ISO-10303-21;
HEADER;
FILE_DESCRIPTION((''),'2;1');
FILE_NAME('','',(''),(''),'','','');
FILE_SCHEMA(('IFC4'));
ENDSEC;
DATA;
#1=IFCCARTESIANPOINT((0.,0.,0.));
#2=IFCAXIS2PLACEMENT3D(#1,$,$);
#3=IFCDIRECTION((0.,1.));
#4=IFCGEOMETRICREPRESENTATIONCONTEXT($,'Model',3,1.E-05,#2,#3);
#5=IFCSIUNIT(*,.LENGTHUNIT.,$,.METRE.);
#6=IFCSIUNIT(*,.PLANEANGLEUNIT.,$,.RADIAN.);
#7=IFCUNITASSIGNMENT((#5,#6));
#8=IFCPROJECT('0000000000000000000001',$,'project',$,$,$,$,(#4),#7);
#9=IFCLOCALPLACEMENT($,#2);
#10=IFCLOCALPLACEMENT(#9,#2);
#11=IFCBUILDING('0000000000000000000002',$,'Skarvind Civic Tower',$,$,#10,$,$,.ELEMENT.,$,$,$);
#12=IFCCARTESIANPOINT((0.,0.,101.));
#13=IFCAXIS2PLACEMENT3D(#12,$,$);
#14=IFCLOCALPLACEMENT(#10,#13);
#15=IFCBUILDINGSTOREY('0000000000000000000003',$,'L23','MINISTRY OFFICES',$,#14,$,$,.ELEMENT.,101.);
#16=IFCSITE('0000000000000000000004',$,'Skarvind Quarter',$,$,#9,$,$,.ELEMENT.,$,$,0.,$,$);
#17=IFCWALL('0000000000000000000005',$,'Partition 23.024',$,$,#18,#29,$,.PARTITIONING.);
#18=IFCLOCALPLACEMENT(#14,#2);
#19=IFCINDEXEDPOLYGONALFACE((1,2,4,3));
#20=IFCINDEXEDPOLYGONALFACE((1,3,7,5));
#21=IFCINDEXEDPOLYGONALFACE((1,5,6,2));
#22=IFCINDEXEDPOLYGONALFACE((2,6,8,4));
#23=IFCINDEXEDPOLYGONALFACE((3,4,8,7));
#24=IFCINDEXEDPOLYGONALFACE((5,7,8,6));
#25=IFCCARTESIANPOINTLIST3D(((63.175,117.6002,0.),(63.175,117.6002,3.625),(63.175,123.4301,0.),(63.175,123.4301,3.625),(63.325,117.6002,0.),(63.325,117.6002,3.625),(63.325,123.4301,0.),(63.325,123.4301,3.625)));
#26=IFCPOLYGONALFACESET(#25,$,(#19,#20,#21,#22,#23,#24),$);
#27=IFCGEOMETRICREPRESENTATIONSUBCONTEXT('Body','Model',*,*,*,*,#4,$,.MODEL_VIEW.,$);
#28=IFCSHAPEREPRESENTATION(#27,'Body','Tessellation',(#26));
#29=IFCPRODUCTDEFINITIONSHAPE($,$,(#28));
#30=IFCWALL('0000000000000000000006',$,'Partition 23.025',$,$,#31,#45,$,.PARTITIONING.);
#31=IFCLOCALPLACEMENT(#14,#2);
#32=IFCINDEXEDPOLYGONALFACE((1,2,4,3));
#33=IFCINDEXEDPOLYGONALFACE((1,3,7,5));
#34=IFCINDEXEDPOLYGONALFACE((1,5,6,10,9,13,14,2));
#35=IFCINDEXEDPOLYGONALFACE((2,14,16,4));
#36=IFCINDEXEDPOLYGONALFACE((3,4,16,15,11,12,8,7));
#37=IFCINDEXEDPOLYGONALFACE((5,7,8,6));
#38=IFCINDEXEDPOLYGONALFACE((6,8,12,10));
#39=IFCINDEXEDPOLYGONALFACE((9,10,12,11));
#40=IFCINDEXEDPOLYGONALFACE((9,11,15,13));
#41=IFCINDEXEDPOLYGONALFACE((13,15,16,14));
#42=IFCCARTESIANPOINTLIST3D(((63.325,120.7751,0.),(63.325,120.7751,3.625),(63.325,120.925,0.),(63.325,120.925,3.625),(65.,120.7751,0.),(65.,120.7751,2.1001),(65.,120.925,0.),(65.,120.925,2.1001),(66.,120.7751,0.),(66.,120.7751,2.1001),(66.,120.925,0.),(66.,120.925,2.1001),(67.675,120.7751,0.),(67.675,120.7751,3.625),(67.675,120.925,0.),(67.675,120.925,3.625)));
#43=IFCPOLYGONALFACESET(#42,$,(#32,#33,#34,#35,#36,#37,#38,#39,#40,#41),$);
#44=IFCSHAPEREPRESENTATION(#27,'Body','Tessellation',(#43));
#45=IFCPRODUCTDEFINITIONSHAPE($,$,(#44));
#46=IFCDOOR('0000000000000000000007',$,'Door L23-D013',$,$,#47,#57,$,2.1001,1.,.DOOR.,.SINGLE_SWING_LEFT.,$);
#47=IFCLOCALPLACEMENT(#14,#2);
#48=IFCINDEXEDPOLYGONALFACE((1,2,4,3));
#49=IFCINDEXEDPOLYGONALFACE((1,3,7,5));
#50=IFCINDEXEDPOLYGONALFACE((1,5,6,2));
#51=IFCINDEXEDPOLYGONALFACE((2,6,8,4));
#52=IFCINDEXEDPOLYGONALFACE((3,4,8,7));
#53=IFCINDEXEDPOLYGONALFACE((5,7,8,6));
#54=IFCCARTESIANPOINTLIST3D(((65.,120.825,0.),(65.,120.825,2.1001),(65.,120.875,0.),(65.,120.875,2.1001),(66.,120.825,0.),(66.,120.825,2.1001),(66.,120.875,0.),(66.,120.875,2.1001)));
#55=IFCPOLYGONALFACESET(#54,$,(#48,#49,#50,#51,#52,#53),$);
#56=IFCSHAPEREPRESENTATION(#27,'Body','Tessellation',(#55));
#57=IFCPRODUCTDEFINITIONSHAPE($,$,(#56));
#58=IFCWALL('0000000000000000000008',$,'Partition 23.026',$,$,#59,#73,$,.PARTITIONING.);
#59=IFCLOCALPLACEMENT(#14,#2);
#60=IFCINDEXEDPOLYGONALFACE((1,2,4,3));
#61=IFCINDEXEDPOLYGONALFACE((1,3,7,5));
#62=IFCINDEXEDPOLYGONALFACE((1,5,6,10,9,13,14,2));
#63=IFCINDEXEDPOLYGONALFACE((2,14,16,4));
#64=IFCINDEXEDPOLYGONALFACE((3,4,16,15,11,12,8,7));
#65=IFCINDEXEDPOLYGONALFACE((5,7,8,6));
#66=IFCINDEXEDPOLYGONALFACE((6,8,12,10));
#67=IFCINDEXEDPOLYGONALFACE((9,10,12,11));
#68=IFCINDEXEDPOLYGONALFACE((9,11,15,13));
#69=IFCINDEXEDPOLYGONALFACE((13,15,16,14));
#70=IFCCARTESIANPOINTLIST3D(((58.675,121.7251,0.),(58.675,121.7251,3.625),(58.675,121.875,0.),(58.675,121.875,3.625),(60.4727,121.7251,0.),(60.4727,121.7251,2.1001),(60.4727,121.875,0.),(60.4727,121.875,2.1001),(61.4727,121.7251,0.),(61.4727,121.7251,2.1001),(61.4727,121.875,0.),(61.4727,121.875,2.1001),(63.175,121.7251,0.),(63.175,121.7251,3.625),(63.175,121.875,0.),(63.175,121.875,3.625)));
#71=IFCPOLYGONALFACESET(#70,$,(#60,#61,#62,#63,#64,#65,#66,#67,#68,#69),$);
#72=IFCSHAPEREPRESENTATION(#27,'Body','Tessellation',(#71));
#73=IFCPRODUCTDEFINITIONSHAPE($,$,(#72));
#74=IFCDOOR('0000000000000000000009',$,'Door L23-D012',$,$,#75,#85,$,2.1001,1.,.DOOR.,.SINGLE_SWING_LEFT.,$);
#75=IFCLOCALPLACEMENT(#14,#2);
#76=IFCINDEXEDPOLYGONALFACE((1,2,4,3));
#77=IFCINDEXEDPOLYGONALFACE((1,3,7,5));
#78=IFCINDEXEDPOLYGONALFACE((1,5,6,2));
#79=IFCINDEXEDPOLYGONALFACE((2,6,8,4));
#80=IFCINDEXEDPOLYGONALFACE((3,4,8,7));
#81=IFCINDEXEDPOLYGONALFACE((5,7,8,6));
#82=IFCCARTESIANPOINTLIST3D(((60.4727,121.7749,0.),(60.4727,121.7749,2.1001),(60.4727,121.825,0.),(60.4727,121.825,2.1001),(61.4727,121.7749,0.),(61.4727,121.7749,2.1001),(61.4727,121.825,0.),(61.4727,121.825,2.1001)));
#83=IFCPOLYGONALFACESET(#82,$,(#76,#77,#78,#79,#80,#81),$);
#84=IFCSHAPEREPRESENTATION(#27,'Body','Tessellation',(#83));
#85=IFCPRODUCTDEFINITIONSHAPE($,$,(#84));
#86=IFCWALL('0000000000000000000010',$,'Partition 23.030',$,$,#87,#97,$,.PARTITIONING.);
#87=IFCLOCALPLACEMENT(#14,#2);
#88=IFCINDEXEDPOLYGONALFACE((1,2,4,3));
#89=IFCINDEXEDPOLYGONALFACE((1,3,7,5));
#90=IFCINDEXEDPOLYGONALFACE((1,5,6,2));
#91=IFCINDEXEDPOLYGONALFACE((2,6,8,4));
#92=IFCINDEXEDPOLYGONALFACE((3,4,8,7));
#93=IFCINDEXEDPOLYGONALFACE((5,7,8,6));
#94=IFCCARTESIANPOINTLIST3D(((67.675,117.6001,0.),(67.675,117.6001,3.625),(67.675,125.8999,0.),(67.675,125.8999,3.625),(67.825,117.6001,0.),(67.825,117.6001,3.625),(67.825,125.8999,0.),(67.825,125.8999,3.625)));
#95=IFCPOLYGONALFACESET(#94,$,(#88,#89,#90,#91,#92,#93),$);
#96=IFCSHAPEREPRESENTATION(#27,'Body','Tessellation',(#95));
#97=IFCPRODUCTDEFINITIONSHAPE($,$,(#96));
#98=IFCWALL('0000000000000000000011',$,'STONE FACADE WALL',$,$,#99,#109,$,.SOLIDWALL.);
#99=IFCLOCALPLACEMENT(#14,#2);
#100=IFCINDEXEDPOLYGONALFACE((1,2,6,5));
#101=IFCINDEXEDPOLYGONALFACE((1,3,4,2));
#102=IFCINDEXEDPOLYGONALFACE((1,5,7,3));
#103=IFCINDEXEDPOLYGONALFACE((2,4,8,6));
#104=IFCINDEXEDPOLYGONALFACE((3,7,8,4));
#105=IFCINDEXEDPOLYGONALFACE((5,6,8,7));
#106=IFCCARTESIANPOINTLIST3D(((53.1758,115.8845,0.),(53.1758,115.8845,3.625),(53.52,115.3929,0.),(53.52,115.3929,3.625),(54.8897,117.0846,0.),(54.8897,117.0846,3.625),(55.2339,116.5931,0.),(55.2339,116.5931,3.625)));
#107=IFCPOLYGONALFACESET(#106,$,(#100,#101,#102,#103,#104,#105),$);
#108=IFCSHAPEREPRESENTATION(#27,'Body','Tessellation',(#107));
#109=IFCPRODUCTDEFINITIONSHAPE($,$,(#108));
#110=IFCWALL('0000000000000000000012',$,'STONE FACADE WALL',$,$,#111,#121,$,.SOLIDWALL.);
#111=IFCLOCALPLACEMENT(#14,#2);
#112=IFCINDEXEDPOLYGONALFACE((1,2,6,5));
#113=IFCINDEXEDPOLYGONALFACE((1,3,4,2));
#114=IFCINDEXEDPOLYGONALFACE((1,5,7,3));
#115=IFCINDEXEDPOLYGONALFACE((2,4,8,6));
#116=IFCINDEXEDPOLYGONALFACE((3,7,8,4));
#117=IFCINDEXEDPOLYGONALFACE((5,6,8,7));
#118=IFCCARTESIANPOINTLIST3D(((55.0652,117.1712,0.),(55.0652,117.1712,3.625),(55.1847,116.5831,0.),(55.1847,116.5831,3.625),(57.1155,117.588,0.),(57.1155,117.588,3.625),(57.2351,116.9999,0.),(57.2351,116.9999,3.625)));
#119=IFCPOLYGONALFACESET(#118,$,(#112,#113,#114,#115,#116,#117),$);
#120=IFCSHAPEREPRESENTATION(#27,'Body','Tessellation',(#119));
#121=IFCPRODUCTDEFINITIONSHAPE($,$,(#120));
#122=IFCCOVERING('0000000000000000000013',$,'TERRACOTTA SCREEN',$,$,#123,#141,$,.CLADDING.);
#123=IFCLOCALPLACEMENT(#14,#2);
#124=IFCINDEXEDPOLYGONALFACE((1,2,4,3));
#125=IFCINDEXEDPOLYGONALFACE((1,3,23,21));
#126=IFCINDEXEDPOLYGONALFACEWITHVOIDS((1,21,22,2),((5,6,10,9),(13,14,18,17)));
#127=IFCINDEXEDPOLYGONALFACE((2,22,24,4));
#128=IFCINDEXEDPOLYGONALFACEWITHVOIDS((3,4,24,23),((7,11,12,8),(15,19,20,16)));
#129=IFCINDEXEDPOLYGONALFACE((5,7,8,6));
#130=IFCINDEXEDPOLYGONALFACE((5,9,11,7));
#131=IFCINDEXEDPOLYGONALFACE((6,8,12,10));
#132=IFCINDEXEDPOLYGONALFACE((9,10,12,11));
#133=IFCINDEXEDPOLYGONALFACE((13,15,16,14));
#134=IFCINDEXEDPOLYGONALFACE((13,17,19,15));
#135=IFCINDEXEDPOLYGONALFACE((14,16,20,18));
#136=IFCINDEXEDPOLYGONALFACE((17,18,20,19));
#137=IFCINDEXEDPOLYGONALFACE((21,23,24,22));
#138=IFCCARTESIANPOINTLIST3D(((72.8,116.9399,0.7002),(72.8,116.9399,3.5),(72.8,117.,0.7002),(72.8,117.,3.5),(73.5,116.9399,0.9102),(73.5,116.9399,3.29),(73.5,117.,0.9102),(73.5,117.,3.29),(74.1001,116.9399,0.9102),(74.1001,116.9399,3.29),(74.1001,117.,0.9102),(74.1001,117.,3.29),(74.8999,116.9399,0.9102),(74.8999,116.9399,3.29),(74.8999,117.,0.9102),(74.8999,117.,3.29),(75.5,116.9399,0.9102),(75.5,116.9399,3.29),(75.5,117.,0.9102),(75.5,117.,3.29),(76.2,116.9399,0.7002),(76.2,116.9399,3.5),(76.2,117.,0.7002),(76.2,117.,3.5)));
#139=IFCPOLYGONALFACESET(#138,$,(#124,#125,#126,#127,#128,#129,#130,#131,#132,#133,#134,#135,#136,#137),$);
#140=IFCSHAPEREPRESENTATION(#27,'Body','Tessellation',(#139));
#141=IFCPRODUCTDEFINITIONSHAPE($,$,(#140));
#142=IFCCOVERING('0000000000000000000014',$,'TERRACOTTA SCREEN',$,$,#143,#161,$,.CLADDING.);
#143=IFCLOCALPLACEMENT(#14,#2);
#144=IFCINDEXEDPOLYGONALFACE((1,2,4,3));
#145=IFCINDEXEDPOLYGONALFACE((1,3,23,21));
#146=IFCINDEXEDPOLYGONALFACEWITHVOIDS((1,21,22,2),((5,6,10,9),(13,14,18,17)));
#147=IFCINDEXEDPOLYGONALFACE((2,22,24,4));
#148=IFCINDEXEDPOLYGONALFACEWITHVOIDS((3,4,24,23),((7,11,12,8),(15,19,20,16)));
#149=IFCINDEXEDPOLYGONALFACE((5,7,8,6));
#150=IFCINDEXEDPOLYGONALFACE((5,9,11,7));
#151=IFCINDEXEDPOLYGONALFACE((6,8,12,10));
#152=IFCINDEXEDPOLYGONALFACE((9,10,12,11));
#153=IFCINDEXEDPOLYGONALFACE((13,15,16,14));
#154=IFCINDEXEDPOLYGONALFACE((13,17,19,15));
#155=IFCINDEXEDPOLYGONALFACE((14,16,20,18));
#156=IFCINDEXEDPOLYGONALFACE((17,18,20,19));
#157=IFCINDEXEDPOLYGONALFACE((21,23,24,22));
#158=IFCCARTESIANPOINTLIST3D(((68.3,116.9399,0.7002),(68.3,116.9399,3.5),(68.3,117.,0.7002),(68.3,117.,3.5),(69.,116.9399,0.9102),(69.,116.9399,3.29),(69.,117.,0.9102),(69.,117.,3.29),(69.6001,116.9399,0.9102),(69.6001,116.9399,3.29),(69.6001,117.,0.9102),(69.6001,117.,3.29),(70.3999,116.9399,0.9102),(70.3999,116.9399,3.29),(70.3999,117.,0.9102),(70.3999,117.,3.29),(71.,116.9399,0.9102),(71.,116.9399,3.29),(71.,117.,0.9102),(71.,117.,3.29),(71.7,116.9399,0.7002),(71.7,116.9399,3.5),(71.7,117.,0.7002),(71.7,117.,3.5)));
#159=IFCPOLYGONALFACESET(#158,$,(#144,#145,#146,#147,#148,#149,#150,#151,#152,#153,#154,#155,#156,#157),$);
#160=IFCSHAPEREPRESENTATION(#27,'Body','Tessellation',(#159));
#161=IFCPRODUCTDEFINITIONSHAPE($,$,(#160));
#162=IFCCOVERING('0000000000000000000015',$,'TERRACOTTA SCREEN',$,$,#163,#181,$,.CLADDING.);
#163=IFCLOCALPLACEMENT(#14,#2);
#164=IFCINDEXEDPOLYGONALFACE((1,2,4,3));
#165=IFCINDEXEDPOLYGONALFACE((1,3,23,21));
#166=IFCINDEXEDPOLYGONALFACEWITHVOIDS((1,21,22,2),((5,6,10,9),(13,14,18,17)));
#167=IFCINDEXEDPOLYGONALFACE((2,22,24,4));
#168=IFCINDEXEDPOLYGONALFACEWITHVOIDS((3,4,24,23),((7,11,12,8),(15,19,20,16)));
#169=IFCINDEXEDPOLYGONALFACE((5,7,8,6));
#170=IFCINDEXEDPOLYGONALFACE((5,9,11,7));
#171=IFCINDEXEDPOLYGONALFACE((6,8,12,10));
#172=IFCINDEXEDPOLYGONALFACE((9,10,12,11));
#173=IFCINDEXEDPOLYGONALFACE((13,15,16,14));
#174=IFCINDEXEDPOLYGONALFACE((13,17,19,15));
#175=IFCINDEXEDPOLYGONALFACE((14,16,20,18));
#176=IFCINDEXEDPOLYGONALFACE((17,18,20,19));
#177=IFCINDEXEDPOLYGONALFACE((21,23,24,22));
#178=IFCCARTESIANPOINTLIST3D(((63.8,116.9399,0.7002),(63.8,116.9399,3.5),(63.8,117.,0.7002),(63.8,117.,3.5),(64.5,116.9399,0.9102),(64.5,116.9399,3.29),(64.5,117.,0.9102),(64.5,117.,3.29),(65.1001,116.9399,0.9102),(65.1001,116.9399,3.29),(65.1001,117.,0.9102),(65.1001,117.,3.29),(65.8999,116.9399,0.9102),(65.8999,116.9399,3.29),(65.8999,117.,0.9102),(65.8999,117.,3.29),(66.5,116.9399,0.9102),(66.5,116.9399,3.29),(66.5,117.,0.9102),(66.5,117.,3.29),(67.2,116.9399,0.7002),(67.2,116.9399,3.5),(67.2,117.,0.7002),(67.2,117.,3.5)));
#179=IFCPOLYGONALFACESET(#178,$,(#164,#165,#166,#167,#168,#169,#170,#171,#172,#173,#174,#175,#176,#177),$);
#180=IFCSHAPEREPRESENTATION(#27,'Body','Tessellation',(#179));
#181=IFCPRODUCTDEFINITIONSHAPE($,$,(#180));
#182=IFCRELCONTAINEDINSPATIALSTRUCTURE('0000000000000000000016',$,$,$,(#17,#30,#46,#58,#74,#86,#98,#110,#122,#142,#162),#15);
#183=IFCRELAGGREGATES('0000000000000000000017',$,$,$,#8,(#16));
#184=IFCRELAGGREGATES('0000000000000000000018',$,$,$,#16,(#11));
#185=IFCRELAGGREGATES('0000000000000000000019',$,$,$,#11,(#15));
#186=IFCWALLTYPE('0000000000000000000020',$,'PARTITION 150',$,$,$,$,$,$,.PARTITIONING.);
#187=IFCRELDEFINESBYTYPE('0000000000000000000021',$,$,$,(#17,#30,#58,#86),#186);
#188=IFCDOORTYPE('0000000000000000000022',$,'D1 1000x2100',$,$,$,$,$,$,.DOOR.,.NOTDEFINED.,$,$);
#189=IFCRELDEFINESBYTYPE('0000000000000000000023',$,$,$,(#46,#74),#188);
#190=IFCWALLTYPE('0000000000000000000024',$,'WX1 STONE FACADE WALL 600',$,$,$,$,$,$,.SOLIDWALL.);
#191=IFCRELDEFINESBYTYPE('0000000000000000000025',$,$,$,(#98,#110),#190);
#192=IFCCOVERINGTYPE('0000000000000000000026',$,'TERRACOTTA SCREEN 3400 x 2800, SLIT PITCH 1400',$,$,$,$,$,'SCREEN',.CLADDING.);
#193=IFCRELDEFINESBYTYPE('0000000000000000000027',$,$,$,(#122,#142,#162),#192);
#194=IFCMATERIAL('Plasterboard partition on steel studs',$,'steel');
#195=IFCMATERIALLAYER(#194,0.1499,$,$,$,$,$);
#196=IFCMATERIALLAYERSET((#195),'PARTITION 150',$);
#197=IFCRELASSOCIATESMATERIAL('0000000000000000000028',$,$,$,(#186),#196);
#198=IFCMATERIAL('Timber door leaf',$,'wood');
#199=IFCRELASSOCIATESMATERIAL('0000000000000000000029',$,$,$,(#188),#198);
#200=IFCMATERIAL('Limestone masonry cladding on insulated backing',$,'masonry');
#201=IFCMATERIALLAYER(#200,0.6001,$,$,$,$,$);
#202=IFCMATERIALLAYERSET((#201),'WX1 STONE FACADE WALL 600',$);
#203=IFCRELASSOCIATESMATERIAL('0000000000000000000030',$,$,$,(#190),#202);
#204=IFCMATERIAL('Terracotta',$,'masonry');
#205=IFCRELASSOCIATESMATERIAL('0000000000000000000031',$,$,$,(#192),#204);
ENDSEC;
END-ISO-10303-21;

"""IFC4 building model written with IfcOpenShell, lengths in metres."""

from ifc_helpers import new_model, si_unit, direction, frame, frame_2d, origin, place, context, subcontext, project, spatial, polyline, rectangle, outline, extrude, material, layer, layer_set, material_profile, profile_set, type_object, element, fill, save


model = new_model("IFC4")

# Units and contexts
model_context = context("Model", 3, precision=1e-05, world=origin(), true_north=direction((0.0, 1.0)))
body_context = subcontext(model_context, "Body", "Model", "MODEL_VIEW")
ifc_project = project(units=[si_unit("LENGTHUNIT", "METRE"), si_unit("PLANEANGLEUNIT", "RADIAN")], contexts=[model_context])

# Site, building, storey
site_placement = place(None, origin())
site = spatial("IfcSite", under=ifc_project, at=site_placement, Name="Skarvind Quarter", CompositionType="ELEMENT", RefElevation=0.0)
building_placement = place(site_placement, origin())
building = spatial("IfcBuilding", under=site, at=building_placement, Name="Skarvind Civic Tower", CompositionType="ELEMENT")
storey_placement = place(building_placement, frame((0.0, 0.0, 101.0)))
storey = spatial("IfcBuildingStorey", under=building, at=storey_placement, Name="L23", Description="MINISTRY OFFICES", CompositionType="ELEMENT", Elevation=101.0)

# Wall
ifc_material_1 = material(Name="Plasterboard partition on steel studs", Category="steel")
ifc_layer_1 = layer(ifc_material_1, 0.1499)
ifc_layer_set_1 = layer_set([ifc_layer_1], Name="PARTITION 150")
wall_type_1 = type_object("IfcWallType", Name="PARTITION 150", PredefinedType="PARTITIONING", material=ifc_layer_set_1)
wall_1_placement = place(storey_placement, frame((63.25, 117.6001, 0.0), z_axis=(0.0, 0.0, 1.0), x_axis=(0.0, 1.0, 0.0)))
element("IfcWall", 1, at=wall_1_placement, inside=storey, type_object=wall_type_1, Name="Partition 23.024", PredefinedType="PARTITIONING", context=body_context, shape_type="SweptSolid", body=[
    extrude(rectangle(XDim=5.8298, YDim=0.1499, at=frame_2d((2.915, 0.0))), origin(), (0.0, 0.0, 1.0), 3.625),
])

# Walls, openings, doors
wall_2_placement = place(storey_placement, frame((63.325, 120.8501, 0.0), z_axis=(0.0, 0.0, 1.0), x_axis=(1.0, 0.0, 0.0)))
wall_2 = element("IfcWall", 2, at=wall_2_placement, inside=storey, type_object=wall_type_1, Name="Partition 23.025", PredefinedType="PARTITIONING", context=body_context, shape_type="SweptSolid", body=[
    extrude(rectangle(XDim=4.3501, YDim=0.1499, at=frame_2d((2.175, 0.0))), origin(), (0.0, 0.0, 1.0), 3.625),
])
opening_1_placement = place(wall_2_placement, frame((1.675, 0.0, 0.0)))
opening_1 = element("IfcOpeningElement", 3, at=opening_1_placement, cuts=wall_2, PredefinedType="OPENING", context=body_context, shape_type="SweptSolid", body=[
    extrude(rectangle(XDim=1.0, YDim=2.1001, at=frame_2d((0.5, 1.05))), frame((0.0, 0.085, 0.0), z_axis=(0.0, -1.0, 0.0), x_axis=(1.0, 0.0, 0.0)), (0.0, 0.0, 1.0), 0.1699),
])
ifc_material_2 = material(Name="Timber door leaf", Category="wood")
door_type_1 = type_object("IfcDoorType", Name="D1 1000x2100", OperationType="NOTDEFINED", PredefinedType="DOOR", material=ifc_material_2)
door_1_placement = place(opening_1_placement, origin())
door_1 = element("IfcDoor", 4, at=door_1_placement, inside=storey, type_object=door_type_1, Name="Door L23-D013", OperationType="SINGLE_SWING_LEFT", OverallHeight=2.1001, OverallWidth=1.0, PredefinedType="DOOR", context=body_context, shape_type="SweptSolid", body=[
    extrude(rectangle(XDim=1.0, YDim=2.1001, at=frame_2d((0.5, 1.05))), frame((0.0, 0.0249, 0.0), z_axis=(0.0, -1.0, 0.0), x_axis=(1.0, 0.0, 0.0)), (0.0, 0.0, 1.0), 0.05),
])
fill(opening_1, door_1)
wall_3_placement = place(storey_placement, frame((58.675, 121.8, 0.0), z_axis=(0.0, 0.0, 1.0), x_axis=(1.0, 0.0, 0.0)))
wall_3 = element("IfcWall", 5, at=wall_3_placement, inside=storey, type_object=wall_type_1, Name="Partition 23.026", PredefinedType="PARTITIONING", context=body_context, shape_type="SweptSolid", body=[
    extrude(rectangle(XDim=4.5, YDim=0.1499, at=frame_2d((2.25, 0.0))), origin(), (0.0, 0.0, 1.0), 3.625),
])
opening_2_placement = place(wall_3_placement, frame((1.7976, 0.0, 0.0)))
opening_2 = element("IfcOpeningElement", 6, at=opening_2_placement, cuts=wall_3, PredefinedType="OPENING", context=body_context, shape_type="SweptSolid", body=[
    extrude(rectangle(XDim=1.0, YDim=2.1001, at=frame_2d((0.5, 1.05))), frame((0.0, 0.085, 0.0), z_axis=(0.0, -1.0, 0.0), x_axis=(1.0, 0.0, 0.0)), (0.0, 0.0, 1.0), 0.1699),
])
door_2_placement = place(opening_2_placement, origin())
door_2 = element("IfcDoor", 7, at=door_2_placement, inside=storey, type_object=door_type_1, Name="Door L23-D012", OperationType="SINGLE_SWING_LEFT", OverallHeight=2.1001, OverallWidth=1.0, PredefinedType="DOOR", context=body_context, shape_type="SweptSolid", body=[
    extrude(rectangle(XDim=1.0, YDim=2.1001, at=frame_2d((0.5, 1.05))), frame((0.0, 0.0249, 0.0), z_axis=(0.0, -1.0, 0.0), x_axis=(1.0, 0.0, 0.0)), (0.0, 0.0, 1.0), 0.05),
])
fill(opening_2, door_2)

# Walls
wall_4_placement = place(storey_placement, frame((67.75, 117.6001, 0.0), z_axis=(0.0, 0.0, 1.0), x_axis=(0.0, 1.0, 0.0)))
element("IfcWall", 8, at=wall_4_placement, inside=storey, type_object=wall_type_1, Name="Partition 23.030", PredefinedType="PARTITIONING", context=body_context, shape_type="SweptSolid", body=[
    extrude(rectangle(XDim=8.2998, YDim=0.1499, at=frame_2d((4.1499, 0.0))), origin(), (0.0, 0.0, 1.0), 3.625),
])
ifc_material_3 = material(Name="Limestone masonry cladding on insulated backing", Category="masonry")
ifc_layer_2 = layer(ifc_material_3, 0.6001)
ifc_layer_set_2 = layer_set([ifc_layer_2], Name="WX1 STONE FACADE WALL 600")
wall_type_2 = type_object("IfcWallType", Name="WX1 STONE FACADE WALL 600", PredefinedType="SOLIDWALL", material=ifc_layer_set_2)
for number, where, z_axis, x_axis, name in (
    (9, (55.0618, 116.8389, 0.0), (0.0, 0.0, 1.0), (-0.819122, -0.573619, 0.0), "STONE FACADE WALL"),
    (10, (57.1753, 117.2939, 0.0), (0.0, 0.0, 1.0), (-0.979961, -0.199189, 0.0), "STONE FACADE WALL"),
):
    element("IfcWall", number, at=place(storey_placement, frame(where, z_axis=z_axis, x_axis=x_axis)), inside=storey, type_object=wall_type_2, Name=name, PredefinedType="SOLIDWALL", context=body_context, shape_type="SweptSolid", body=[
        extrude(rectangle(XDim=2.0923, YDim=0.6001, at=frame_2d((1.0461, 0.0))), origin(), (0.0, 0.0, 1.0), 3.625),
    ])

# Coverings
ifc_material_4 = material(Name="Terracotta", Category="masonry")
ifc_material_profile_1 = material_profile(ifc_material_4, outline(polyline([(-1.7, -1.3999), (1.7, -1.3999), (1.7, 1.3999), (-1.7, 1.3999), (-1.7, -1.3999)]), holes=[polyline([(-1.0, -1.1899), (-0.3999, -1.1899), (-0.3999, 1.1899), (-1.0, 1.1899), (-1.0, -1.1899)]), polyline([(0.3999, -1.1899), (1.0, -1.1899), (1.0, 1.1899), (0.3999, 1.1899), (0.3999, -1.1899)])]), Name="TERRACOTTA SCREEN 3400 x 2800, SLIT PITCH 1400")
ifc_profile_set_1 = profile_set([ifc_material_profile_1], Name="Terracotta")
covering_type = type_object("IfcCoveringType", Name="TERRACOTTA SCREEN 3400 x 2800, SLIT PITCH 1400", ElementType="SCREEN", PredefinedType="CLADDING", material=ifc_profile_set_1)
for number, where, z_axis, x_axis, name in (
    (11, (74.5, 117.0, 2.1001), (0.0, -1.0, 0.0), (1.0, 0.0, 0.0), "TERRACOTTA SCREEN"),
    (12, (70.0, 117.0, 2.1001), (0.0, -1.0, 0.0), (1.0, 0.0, 0.0), "TERRACOTTA SCREEN"),
    (13, (65.5, 117.0, 2.1001), (0.0, -1.0, 0.0), (1.0, 0.0, 0.0), "TERRACOTTA SCREEN"),
):
    element("IfcCovering", number, at=place(storey_placement, frame(where, z_axis=z_axis, x_axis=x_axis)), inside=storey, type_object=covering_type, Name=name, PredefinedType="CLADDING", context=body_context, shape_type="SweptSolid", body=[
        extrude(outline(polyline([(-1.7, -1.3999), (1.7, -1.3999), (1.7, 1.3999), (-1.7, 1.3999), (-1.7, -1.3999)]), holes=[polyline([(-1.0, -1.1899), (-0.3999, -1.1899), (-0.3999, 1.1899), (-1.0, 1.1899), (-1.0, -1.1899)]), polyline([(0.3999, -1.1899), (1.0, -1.1899), (1.0, 1.1899), (0.3999, 1.1899), (0.3999, -1.1899)])]), origin(), (0.0, 0.0, 1.0), 0.0601),
    ])

save(model, "model.ifc")
